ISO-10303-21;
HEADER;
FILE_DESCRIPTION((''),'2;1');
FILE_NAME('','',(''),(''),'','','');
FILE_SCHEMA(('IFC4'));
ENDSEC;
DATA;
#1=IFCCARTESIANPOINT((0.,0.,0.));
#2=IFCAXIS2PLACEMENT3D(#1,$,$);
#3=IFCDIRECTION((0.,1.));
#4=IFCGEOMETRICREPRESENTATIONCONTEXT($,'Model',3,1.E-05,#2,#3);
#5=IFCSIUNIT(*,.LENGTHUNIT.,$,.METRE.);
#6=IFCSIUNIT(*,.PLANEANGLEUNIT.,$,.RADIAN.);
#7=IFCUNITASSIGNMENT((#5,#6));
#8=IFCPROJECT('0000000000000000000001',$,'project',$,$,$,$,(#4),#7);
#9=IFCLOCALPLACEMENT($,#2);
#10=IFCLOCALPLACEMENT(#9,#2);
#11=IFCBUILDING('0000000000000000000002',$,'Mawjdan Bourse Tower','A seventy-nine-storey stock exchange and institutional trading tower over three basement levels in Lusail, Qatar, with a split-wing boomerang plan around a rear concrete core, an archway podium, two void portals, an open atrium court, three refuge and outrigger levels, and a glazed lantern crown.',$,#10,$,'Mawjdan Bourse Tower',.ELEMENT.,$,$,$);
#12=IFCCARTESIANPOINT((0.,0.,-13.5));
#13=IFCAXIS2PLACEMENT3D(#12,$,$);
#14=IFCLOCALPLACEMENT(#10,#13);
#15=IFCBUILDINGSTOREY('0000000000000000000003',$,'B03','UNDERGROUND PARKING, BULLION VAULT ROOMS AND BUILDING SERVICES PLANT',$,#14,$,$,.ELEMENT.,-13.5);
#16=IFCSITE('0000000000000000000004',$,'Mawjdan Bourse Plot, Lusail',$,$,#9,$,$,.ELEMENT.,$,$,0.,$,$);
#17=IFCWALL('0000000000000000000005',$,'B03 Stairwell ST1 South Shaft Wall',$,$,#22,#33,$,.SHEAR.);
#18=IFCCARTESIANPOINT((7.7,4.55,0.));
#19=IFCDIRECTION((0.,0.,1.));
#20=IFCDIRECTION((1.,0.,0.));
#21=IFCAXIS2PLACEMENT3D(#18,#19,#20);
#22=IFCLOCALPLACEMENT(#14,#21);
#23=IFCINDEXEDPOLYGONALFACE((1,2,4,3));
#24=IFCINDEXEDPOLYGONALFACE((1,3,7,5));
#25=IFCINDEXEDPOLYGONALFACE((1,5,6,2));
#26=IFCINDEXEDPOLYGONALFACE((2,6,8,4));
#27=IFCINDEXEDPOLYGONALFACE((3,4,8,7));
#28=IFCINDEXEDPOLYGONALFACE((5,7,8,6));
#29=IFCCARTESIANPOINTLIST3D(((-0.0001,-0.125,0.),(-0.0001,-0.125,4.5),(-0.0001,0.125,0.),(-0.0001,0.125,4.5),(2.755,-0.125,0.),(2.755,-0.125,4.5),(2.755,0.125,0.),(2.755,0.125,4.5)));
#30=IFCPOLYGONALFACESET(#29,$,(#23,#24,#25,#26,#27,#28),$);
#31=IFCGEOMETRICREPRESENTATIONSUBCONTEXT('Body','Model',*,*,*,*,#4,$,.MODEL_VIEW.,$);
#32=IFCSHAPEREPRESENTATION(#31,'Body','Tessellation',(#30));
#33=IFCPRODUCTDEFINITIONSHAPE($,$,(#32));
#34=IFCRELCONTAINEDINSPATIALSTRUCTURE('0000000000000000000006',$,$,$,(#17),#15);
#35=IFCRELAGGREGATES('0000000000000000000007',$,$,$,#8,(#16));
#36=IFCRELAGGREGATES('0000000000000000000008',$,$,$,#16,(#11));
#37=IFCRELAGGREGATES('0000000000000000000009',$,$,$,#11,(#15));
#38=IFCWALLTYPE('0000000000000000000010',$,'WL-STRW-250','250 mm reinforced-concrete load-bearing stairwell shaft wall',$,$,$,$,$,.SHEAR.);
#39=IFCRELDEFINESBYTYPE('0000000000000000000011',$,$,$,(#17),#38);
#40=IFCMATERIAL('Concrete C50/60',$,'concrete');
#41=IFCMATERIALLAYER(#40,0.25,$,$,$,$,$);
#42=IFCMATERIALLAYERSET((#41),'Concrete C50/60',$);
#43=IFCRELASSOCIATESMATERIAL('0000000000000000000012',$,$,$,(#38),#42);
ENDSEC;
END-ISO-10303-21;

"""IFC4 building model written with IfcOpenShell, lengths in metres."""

from ifc_helpers import new_model, si_unit, direction, frame, frame_2d, origin, place, context, subcontext, project, spatial, rectangle, extrude, material, layer, layer_set, type_object, element, save


model = new_model("IFC4")

# Units and contexts
model_context = context("Model", 3, precision=1e-05, world=origin(), true_north=direction((0.0, 1.0)))
body_context = subcontext(model_context, "Body", "Model", "MODEL_VIEW")
ifc_project = project(units=[si_unit("LENGTHUNIT", "METRE"), si_unit("PLANEANGLEUNIT", "RADIAN")], contexts=[model_context])

# Site, building, storey
site_placement = place(None, origin())
site = spatial("IfcSite", under=ifc_project, at=site_placement, Name="Mawjdan Bourse Plot, Lusail", CompositionType="ELEMENT", RefElevation=0.0)
building_placement = place(site_placement, origin())
building = spatial("IfcBuilding", under=site, at=building_placement, Name="Mawjdan Bourse Tower", Description="A seventy-nine-storey stock exchange and institutional trading tower over three basement levels in Lusail, Qatar, with a split-wing boomerang plan around a rear concrete core, an archway podium, two void portals, an open atrium court, three refuge and outrigger levels, and a glazed lantern crown.", LongName="Mawjdan Bourse Tower", CompositionType="ELEMENT")
storey_placement = place(building_placement, frame((0.0, 0.0, -13.5)))
storey = spatial("IfcBuildingStorey", under=building, at=storey_placement, Name="B03", Description="UNDERGROUND PARKING, BULLION VAULT ROOMS AND BUILDING SERVICES PLANT", CompositionType="ELEMENT", Elevation=-13.5)

# Shared definitions
ifc_material_1 = material(Name="Concrete C50/60", Category="concrete")

# Wall
ifc_layer_1 = layer(ifc_material_1, 0.25)
ifc_layer_set_1 = layer_set([ifc_layer_1], Name="Concrete C50/60")
wall_type_1 = type_object("IfcWallType", Name="WL-STRW-250", Description="250 mm reinforced-concrete load-bearing stairwell shaft wall", PredefinedType="SHEAR", material=ifc_layer_set_1)
wall_1_placement = place(storey_placement, frame((7.7, 4.55, 0.0), z_axis=(0.0, 0.0, 1.0), x_axis=(1.0, 0.0, 0.0)))
element("IfcWall", 1, at=wall_1_placement, inside=storey, type_object=wall_type_1, Name="B03 Stairwell ST1 South Shaft Wall", PredefinedType="SHEAR", context=body_context, shape_type="SweptSolid", body=[
    extrude(rectangle(XDim=2.7551, YDim=0.25, at=frame_2d((1.3774, 0.0))), origin(), (0.0, 0.0, 1.0), 4.5),
])

save(model, "model.ifc")
